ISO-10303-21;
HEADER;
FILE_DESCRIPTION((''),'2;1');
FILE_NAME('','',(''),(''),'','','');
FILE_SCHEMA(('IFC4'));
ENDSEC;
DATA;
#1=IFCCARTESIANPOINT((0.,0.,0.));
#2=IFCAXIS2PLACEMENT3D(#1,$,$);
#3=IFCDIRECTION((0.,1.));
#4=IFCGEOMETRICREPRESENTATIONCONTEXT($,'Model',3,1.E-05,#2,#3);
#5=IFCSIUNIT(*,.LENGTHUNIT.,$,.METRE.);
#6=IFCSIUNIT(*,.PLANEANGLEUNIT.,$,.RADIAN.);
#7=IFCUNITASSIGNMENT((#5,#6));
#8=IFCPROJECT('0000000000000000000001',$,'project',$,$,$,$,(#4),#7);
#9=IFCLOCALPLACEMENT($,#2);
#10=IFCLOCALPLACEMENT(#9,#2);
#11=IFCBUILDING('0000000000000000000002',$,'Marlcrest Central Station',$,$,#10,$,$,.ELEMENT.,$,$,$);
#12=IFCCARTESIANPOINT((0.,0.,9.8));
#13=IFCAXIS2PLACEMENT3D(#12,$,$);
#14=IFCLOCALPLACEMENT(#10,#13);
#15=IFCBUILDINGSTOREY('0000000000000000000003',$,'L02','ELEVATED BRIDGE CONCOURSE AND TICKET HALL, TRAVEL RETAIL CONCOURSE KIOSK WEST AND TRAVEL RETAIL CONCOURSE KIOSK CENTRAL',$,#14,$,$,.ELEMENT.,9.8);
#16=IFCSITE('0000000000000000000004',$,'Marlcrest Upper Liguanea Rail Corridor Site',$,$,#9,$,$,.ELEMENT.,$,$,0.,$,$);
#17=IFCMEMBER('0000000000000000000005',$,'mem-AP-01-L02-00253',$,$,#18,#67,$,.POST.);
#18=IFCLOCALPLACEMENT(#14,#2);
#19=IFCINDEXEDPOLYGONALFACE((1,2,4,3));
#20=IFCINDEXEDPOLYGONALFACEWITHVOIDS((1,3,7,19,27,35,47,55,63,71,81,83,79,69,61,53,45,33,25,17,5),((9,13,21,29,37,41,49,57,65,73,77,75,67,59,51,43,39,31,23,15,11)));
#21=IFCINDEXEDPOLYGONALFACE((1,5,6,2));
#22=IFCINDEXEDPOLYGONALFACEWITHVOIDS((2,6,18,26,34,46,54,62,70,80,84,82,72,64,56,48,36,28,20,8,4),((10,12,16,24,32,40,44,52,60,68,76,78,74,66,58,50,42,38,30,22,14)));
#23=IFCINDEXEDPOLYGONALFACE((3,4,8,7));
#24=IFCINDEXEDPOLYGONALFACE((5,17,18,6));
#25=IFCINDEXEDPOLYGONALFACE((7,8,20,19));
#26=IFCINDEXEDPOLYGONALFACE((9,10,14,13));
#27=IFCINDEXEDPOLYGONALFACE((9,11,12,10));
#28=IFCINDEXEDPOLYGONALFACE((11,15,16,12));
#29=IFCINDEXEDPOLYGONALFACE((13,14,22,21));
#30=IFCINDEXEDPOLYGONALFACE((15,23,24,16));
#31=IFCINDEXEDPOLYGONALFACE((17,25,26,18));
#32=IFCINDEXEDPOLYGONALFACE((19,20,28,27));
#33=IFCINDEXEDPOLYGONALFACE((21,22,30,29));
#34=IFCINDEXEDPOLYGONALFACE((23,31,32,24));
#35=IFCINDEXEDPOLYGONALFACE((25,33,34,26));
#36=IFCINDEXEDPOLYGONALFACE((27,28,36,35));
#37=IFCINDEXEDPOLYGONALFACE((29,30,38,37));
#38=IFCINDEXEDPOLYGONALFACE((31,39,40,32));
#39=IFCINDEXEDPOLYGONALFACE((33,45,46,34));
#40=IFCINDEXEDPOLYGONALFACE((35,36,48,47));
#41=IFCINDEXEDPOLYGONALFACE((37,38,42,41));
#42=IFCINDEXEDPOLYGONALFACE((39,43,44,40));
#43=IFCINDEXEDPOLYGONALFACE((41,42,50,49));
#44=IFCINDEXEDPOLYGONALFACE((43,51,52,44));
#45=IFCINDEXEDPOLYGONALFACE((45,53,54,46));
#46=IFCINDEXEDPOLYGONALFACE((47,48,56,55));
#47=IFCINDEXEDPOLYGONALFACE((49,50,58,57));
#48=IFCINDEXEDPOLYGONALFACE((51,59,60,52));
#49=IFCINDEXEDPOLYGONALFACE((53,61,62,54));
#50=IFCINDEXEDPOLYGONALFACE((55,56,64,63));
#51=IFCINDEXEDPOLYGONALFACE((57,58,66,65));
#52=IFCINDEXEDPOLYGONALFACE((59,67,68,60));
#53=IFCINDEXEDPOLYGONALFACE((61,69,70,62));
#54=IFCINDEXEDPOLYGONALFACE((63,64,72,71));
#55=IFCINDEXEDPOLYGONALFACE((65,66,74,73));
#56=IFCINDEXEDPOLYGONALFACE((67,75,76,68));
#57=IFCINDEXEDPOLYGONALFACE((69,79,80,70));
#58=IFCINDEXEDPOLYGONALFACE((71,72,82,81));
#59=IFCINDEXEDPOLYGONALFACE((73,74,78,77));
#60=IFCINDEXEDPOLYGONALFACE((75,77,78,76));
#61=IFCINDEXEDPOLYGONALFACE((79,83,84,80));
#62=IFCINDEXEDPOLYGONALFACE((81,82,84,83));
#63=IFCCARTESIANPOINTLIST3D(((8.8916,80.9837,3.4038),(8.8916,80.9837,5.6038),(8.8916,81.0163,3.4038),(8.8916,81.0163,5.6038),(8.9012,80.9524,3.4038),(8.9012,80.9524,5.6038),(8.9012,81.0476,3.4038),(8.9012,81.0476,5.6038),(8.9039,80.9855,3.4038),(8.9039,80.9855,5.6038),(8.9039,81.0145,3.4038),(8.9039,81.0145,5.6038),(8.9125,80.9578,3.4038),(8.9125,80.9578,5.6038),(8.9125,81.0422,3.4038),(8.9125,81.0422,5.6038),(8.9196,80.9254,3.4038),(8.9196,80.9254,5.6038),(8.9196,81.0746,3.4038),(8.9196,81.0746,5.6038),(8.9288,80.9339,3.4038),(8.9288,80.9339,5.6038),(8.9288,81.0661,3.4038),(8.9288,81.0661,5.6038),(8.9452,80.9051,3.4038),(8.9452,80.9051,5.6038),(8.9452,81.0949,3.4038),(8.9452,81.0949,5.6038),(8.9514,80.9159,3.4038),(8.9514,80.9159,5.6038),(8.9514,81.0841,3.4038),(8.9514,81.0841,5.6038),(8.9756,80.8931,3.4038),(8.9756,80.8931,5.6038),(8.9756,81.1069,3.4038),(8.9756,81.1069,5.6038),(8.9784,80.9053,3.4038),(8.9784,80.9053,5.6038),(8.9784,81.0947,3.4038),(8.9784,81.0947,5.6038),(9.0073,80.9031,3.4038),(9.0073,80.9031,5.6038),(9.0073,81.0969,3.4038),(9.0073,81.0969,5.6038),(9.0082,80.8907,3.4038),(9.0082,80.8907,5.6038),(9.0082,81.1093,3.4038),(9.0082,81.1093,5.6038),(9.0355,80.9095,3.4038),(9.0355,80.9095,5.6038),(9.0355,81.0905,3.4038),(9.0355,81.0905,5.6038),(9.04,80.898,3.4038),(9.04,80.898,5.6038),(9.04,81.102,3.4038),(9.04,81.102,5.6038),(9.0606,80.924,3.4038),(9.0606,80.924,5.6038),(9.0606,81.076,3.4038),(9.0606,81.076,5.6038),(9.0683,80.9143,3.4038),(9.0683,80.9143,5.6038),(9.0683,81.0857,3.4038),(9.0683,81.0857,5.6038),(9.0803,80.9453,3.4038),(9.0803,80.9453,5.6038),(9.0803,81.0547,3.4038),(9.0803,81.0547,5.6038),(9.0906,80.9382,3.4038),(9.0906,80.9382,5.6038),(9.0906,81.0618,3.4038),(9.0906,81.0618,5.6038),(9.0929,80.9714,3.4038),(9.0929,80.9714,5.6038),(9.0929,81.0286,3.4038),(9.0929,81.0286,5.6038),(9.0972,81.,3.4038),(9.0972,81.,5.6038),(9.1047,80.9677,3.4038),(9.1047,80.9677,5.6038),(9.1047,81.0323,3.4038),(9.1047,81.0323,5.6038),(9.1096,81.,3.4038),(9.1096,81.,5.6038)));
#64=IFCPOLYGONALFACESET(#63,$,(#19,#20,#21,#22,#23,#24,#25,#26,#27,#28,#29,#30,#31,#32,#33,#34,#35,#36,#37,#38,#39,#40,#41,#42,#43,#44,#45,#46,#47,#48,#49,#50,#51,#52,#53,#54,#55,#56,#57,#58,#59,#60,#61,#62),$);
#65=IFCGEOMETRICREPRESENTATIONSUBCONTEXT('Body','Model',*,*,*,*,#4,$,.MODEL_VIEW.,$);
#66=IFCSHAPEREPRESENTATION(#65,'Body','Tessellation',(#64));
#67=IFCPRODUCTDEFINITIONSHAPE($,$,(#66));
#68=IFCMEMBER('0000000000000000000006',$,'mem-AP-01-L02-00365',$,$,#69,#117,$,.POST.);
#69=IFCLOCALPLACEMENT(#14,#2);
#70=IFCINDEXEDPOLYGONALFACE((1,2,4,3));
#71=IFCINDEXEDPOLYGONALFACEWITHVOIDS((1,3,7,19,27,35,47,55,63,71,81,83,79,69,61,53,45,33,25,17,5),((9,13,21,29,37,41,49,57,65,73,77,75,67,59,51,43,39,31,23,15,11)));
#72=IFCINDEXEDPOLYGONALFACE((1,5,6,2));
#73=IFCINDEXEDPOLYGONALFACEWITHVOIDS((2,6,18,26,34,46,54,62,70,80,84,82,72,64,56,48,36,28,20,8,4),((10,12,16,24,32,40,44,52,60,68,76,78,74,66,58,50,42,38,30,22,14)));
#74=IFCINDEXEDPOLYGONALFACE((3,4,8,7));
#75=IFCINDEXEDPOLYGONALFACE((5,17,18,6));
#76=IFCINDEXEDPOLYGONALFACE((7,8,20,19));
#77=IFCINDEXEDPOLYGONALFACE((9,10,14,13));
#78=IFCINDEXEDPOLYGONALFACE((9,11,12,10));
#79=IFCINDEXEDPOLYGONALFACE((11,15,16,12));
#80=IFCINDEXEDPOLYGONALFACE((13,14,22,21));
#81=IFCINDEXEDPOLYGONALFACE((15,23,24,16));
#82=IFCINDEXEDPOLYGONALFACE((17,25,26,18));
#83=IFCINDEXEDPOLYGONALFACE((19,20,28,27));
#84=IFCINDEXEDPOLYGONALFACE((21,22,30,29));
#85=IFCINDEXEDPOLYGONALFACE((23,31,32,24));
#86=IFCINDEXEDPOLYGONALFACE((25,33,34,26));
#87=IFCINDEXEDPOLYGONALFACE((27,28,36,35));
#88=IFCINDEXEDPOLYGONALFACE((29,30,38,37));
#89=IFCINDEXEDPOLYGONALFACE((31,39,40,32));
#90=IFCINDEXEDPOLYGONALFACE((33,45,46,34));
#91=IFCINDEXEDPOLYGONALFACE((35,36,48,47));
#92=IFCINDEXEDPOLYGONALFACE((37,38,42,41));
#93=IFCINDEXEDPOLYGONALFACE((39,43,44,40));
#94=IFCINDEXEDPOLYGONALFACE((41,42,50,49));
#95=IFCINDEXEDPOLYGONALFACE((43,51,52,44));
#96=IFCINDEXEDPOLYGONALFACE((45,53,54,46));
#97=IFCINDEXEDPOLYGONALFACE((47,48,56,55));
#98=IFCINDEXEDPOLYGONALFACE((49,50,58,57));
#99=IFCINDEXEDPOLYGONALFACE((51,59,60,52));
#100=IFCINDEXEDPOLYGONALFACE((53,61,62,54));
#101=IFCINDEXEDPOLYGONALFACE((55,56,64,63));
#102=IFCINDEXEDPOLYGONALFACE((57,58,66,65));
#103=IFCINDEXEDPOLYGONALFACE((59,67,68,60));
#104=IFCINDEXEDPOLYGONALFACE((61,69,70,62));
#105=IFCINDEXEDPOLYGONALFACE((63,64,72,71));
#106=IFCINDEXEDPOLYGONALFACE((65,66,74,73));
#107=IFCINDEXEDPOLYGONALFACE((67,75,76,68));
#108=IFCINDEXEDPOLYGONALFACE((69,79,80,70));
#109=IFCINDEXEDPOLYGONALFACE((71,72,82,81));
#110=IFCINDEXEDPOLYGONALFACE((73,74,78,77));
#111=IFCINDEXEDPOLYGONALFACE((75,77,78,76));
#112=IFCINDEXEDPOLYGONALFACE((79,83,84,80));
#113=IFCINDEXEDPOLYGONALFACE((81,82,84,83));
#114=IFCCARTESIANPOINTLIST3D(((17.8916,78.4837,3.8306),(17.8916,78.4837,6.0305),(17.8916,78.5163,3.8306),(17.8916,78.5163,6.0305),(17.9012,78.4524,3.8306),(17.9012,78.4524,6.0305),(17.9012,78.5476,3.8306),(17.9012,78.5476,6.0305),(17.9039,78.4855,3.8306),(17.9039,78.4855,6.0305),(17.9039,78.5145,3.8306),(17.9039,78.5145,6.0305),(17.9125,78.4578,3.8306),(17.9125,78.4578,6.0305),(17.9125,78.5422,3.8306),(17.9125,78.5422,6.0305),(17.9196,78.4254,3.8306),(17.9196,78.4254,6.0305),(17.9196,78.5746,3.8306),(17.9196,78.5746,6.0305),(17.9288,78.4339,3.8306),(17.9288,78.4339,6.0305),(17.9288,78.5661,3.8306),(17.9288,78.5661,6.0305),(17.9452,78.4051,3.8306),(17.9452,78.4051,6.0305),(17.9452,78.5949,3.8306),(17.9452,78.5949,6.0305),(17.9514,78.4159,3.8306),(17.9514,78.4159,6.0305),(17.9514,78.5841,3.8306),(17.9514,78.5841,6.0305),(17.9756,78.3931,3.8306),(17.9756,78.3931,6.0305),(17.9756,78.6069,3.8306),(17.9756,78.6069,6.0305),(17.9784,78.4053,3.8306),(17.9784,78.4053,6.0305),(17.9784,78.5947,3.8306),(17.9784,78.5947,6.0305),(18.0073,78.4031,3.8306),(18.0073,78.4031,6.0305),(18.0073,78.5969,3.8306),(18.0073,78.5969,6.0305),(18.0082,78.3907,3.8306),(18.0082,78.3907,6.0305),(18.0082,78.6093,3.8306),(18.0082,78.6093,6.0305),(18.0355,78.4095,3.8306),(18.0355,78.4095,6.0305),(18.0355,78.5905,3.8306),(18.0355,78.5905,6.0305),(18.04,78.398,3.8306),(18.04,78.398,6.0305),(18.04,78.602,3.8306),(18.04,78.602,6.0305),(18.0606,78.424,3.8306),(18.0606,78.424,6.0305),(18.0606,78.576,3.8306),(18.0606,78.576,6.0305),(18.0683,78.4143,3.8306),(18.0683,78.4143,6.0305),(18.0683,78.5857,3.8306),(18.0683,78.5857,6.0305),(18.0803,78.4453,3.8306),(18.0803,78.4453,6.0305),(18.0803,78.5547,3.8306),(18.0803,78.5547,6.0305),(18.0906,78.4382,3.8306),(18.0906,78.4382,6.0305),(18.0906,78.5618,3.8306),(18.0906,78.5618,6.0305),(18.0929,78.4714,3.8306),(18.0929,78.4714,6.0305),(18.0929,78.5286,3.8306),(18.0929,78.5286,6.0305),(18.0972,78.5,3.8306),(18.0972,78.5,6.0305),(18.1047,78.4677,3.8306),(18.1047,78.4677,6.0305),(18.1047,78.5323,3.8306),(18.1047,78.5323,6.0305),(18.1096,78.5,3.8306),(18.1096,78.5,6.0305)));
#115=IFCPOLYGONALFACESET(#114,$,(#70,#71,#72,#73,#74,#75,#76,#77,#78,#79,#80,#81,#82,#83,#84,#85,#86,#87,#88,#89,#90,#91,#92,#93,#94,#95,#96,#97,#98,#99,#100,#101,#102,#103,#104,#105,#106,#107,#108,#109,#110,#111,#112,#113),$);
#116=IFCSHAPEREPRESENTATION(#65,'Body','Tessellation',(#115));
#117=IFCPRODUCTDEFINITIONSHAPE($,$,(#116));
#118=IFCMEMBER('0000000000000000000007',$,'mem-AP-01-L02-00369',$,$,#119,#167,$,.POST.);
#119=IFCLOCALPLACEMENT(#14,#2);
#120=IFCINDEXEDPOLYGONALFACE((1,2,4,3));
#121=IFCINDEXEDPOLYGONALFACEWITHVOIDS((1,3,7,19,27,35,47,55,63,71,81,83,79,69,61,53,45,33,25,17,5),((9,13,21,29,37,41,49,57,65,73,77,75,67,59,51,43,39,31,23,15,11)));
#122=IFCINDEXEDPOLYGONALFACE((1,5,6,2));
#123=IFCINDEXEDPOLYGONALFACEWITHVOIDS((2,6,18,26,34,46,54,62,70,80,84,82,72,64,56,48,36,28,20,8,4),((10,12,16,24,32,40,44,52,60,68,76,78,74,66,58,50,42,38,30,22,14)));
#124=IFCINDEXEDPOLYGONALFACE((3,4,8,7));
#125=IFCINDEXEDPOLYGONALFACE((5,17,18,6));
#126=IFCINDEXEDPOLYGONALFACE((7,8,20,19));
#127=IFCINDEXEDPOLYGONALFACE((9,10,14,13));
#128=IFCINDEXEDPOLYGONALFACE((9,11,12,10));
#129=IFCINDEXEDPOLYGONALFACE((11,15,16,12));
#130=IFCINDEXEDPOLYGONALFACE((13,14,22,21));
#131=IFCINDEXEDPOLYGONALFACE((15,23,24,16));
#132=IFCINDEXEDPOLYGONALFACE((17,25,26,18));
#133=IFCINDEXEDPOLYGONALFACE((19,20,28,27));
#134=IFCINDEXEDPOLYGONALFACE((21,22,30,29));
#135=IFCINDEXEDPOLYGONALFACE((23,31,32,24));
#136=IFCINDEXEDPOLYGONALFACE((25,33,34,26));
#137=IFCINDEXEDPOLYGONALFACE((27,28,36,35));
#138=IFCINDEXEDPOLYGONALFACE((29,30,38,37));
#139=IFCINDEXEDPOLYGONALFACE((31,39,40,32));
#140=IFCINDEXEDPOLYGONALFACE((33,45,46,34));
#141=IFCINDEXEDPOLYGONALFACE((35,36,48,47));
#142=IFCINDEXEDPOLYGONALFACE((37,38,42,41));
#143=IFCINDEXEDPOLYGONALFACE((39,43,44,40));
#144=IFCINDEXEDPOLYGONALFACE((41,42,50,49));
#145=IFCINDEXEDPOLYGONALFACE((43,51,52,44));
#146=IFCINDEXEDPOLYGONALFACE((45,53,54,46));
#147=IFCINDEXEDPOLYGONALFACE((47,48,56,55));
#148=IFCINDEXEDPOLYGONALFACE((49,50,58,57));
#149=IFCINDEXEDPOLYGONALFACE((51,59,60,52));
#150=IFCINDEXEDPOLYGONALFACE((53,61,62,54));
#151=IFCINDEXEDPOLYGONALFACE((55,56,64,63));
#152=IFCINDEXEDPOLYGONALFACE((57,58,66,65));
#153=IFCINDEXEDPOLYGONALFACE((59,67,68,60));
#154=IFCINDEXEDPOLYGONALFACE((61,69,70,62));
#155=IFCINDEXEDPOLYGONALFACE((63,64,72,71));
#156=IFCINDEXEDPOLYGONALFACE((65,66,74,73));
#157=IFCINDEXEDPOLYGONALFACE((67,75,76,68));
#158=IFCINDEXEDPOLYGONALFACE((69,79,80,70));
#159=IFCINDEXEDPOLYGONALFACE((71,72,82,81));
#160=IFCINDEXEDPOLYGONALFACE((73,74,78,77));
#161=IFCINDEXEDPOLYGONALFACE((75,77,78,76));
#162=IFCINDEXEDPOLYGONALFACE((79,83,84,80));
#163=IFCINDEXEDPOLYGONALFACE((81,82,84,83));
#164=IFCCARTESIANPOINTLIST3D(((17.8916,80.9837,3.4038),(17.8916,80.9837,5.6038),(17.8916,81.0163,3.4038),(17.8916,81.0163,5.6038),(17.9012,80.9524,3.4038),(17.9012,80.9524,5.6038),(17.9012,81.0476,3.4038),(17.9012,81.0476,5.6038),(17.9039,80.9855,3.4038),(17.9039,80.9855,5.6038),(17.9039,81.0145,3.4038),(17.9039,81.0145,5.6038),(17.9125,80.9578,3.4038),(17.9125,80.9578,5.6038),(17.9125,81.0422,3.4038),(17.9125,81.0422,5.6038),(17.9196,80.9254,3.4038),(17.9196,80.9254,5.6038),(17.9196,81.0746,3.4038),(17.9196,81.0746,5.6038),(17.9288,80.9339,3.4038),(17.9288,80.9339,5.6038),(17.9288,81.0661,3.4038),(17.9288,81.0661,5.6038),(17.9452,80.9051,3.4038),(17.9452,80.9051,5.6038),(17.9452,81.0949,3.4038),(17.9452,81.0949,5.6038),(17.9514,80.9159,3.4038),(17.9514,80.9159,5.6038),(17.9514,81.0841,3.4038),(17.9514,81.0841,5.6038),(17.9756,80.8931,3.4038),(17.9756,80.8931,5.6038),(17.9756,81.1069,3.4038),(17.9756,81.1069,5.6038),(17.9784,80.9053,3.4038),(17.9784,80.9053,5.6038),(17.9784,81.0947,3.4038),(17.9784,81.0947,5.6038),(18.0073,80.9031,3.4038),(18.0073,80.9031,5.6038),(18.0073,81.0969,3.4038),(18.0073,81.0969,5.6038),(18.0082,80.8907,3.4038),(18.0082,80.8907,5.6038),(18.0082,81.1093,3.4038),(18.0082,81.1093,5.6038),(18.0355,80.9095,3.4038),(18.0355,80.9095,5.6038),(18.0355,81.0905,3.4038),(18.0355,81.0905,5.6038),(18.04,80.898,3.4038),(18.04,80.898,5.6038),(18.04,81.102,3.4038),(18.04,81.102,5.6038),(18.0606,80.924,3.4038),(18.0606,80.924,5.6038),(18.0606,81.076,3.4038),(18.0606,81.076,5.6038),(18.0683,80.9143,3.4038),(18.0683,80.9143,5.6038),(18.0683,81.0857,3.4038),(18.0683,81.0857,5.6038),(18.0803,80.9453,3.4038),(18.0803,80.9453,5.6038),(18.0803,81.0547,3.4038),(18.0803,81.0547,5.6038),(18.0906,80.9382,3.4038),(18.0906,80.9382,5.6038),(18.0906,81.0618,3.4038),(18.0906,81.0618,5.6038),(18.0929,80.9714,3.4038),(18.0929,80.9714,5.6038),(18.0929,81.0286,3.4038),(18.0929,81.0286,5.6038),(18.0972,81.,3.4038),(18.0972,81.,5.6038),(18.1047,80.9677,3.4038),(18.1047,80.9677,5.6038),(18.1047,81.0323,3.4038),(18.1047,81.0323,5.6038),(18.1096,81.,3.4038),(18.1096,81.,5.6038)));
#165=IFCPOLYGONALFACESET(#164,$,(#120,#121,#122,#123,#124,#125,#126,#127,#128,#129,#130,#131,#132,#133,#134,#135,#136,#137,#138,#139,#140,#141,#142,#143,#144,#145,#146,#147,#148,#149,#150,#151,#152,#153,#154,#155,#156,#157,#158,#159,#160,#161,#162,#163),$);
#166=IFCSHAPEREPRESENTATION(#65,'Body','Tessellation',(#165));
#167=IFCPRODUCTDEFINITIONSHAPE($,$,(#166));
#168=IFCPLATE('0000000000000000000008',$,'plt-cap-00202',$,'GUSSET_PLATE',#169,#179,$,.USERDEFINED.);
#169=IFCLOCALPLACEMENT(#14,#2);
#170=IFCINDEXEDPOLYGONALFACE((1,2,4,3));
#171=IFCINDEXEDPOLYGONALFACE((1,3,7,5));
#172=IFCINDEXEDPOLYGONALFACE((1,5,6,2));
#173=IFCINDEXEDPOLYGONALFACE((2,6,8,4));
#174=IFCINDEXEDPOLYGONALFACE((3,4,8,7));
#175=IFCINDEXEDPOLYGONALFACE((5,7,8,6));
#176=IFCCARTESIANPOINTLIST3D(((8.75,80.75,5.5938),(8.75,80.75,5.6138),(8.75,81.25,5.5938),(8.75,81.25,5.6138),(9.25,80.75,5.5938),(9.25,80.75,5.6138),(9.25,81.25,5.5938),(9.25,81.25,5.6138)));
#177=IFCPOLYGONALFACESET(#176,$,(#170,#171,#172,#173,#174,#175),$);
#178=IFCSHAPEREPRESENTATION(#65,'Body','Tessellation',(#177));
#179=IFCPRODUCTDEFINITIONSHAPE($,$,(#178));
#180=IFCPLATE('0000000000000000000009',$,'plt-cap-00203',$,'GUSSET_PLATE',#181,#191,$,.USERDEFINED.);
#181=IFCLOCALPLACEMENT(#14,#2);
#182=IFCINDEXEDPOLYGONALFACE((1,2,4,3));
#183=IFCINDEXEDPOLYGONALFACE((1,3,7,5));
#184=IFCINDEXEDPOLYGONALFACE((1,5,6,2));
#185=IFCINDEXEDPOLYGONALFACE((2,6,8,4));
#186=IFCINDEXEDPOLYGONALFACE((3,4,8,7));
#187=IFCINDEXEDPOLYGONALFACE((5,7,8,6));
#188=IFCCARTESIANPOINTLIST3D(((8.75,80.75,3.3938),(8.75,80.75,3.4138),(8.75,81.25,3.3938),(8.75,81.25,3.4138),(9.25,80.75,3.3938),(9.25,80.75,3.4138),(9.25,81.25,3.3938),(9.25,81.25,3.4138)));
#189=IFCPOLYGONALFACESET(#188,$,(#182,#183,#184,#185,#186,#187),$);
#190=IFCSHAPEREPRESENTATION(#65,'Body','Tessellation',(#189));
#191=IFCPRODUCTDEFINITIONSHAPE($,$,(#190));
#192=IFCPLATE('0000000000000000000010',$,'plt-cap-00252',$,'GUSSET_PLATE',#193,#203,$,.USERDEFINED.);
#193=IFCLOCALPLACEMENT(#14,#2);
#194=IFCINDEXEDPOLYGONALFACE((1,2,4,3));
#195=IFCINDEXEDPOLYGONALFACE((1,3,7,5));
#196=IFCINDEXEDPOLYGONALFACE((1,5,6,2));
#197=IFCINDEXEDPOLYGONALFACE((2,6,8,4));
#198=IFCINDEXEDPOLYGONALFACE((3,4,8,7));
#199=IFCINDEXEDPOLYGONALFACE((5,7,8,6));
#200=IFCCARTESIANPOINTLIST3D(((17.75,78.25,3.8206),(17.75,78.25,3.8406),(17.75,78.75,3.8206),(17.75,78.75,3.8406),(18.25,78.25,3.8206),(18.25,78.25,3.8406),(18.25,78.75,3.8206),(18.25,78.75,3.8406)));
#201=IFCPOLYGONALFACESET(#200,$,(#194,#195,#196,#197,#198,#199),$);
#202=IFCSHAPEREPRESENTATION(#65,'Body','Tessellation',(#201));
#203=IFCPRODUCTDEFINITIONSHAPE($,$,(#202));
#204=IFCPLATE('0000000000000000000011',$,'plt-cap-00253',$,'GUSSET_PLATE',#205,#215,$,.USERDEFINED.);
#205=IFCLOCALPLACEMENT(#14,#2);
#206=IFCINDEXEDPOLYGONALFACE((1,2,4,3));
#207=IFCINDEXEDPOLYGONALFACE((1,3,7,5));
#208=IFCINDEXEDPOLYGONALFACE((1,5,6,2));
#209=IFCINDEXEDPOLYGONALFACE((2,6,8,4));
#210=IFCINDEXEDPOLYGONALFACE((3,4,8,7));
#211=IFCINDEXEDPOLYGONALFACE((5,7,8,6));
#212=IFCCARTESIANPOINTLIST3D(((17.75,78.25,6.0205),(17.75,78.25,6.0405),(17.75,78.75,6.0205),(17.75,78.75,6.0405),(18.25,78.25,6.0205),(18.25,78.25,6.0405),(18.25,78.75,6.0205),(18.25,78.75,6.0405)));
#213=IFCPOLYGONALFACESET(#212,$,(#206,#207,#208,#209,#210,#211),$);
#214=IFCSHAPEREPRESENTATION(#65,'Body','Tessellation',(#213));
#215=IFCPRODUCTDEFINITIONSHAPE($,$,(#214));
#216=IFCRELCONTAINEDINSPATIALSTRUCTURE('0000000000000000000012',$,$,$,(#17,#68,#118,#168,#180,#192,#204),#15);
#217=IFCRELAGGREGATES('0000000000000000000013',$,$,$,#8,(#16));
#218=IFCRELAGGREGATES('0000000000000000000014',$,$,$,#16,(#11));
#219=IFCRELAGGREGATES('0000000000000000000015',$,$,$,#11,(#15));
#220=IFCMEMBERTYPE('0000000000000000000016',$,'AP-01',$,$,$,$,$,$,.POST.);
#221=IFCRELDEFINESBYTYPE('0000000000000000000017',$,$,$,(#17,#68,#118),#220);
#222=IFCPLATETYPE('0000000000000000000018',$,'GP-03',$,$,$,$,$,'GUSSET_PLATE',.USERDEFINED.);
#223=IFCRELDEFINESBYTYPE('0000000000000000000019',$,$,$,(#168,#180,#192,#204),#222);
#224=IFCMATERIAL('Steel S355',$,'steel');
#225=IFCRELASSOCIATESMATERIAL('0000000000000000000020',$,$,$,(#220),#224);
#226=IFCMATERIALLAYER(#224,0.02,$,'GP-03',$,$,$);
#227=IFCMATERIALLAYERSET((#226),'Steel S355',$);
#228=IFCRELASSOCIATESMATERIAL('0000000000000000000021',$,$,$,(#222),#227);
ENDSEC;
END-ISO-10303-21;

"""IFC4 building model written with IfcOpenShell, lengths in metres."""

from ifc_helpers import new_model, si_unit, direction, frame, origin, origin_2d, place, context, subcontext, project, spatial, rectangle, hollow_circle, extrude, material, layer, layer_set, material_profile, profile_set, type_object, element, save


model = new_model("IFC4")

# Units and contexts
model_context = context("Model", 3, precision=1e-05, world=origin(), true_north=direction((0.0, 1.0)))
body_context = subcontext(model_context, "Body", "Model", "MODEL_VIEW")
ifc_project = project(units=[si_unit("LENGTHUNIT", "METRE"), si_unit("PLANEANGLEUNIT", "RADIAN")], contexts=[model_context])

# Site, building, storey
site_placement = place(None, origin())
site = spatial("IfcSite", under=ifc_project, at=site_placement, Name="Marlcrest Upper Liguanea Rail Corridor Site", CompositionType="ELEMENT", RefElevation=0.0)
building_placement = place(site_placement, origin())
building = spatial("IfcBuilding", under=site, at=building_placement, Name="Marlcrest Central Station", CompositionType="ELEMENT")
storey_placement = place(building_placement, frame((0.0, 0.0, 9.8)))
storey = spatial("IfcBuildingStorey", under=building, at=storey_placement, Name="L02", Description="ELEVATED BRIDGE CONCOURSE AND TICKET HALL, TRAVEL RETAIL CONCOURSE KIOSK WEST AND TRAVEL RETAIL CONCOURSE KIOSK CENTRAL", CompositionType="ELEMENT", Elevation=9.8)

# Members
ifc_material_1 = material(Name="Steel S355", Category="steel")
ifc_material_profile_1 = material_profile(ifc_material_1, hollow_circle(Radius=0.1096, WallThickness=0.0125, at=origin_2d()), Name="CHS 219.1x12.5")
ifc_profile_set_1 = profile_set([ifc_material_profile_1], Name="Steel S355")
member_type_1 = type_object("IfcMemberType", Name="AP-01", PredefinedType="POST", material=ifc_profile_set_1)
for number, where, z_axis, x_axis, name in (
    (1, (9.0, 81.0, 3.4038), (0.0, 0.0, 1.0), (1.0, 0.0, 0.0), "mem-AP-01-L02-00253"),
    (2, (18.0, 78.5, 3.8306), (0.0, 0.0, 1.0), (1.0, 0.0, 0.0), "mem-AP-01-L02-00365"),
    (3, (18.0, 81.0, 3.4038), (0.0, 0.0, 1.0), (1.0, 0.0, 0.0), "mem-AP-01-L02-00369"),
):
    element("IfcMember", number, at=place(storey_placement, frame(where, z_axis=z_axis, x_axis=x_axis)), inside=storey, type_object=member_type_1, Name=name, PredefinedType="POST", context=body_context, shape_type="SweptSolid", body=[
        extrude(hollow_circle(Radius=0.1096, WallThickness=0.0125, at=origin_2d()), origin(), (0.0, 0.0, 1.0), 2.2),
    ])

# Plates
ifc_layer_1 = layer(ifc_material_1, 0.02, Name="GP-03")
ifc_layer_set_1 = layer_set([ifc_layer_1], Name="Steel S355")
plate_type = type_object("IfcPlateType", Name="GP-03", ElementType="GUSSET_PLATE", PredefinedType="USERDEFINED", material=ifc_layer_set_1)
for number, where, z_axis, x_axis, name in (
    (4, (9.0, 81.0, 5.5938), (0.0, 0.0, 1.0), (1.0, 0.0, 0.0), "plt-cap-00202"),
    (5, (9.0, 81.0, 3.3938), (0.0, 0.0, 1.0), (1.0, 0.0, 0.0), "plt-cap-00203"),
    (6, (18.0, 78.5, 3.8206), (0.0, 0.0, 1.0), (1.0, 0.0, 0.0), "plt-cap-00252"),
    (7, (18.0, 78.5, 6.0205), (0.0, 0.0, 1.0), (1.0, 0.0, 0.0), "plt-cap-00253"),
):
    element("IfcPlate", number, at=place(storey_placement, frame(where, z_axis=z_axis, x_axis=x_axis)), inside=storey, type_object=plate_type, Name=name, ObjectType="GUSSET_PLATE", PredefinedType="USERDEFINED", context=body_context, shape_type="SweptSolid", body=[
        extrude(rectangle(XDim=0.5, YDim=0.5, at=origin_2d()), origin(), (0.0, 0.0, 1.0), 0.02),
    ])

save(model, "model.ifc")
